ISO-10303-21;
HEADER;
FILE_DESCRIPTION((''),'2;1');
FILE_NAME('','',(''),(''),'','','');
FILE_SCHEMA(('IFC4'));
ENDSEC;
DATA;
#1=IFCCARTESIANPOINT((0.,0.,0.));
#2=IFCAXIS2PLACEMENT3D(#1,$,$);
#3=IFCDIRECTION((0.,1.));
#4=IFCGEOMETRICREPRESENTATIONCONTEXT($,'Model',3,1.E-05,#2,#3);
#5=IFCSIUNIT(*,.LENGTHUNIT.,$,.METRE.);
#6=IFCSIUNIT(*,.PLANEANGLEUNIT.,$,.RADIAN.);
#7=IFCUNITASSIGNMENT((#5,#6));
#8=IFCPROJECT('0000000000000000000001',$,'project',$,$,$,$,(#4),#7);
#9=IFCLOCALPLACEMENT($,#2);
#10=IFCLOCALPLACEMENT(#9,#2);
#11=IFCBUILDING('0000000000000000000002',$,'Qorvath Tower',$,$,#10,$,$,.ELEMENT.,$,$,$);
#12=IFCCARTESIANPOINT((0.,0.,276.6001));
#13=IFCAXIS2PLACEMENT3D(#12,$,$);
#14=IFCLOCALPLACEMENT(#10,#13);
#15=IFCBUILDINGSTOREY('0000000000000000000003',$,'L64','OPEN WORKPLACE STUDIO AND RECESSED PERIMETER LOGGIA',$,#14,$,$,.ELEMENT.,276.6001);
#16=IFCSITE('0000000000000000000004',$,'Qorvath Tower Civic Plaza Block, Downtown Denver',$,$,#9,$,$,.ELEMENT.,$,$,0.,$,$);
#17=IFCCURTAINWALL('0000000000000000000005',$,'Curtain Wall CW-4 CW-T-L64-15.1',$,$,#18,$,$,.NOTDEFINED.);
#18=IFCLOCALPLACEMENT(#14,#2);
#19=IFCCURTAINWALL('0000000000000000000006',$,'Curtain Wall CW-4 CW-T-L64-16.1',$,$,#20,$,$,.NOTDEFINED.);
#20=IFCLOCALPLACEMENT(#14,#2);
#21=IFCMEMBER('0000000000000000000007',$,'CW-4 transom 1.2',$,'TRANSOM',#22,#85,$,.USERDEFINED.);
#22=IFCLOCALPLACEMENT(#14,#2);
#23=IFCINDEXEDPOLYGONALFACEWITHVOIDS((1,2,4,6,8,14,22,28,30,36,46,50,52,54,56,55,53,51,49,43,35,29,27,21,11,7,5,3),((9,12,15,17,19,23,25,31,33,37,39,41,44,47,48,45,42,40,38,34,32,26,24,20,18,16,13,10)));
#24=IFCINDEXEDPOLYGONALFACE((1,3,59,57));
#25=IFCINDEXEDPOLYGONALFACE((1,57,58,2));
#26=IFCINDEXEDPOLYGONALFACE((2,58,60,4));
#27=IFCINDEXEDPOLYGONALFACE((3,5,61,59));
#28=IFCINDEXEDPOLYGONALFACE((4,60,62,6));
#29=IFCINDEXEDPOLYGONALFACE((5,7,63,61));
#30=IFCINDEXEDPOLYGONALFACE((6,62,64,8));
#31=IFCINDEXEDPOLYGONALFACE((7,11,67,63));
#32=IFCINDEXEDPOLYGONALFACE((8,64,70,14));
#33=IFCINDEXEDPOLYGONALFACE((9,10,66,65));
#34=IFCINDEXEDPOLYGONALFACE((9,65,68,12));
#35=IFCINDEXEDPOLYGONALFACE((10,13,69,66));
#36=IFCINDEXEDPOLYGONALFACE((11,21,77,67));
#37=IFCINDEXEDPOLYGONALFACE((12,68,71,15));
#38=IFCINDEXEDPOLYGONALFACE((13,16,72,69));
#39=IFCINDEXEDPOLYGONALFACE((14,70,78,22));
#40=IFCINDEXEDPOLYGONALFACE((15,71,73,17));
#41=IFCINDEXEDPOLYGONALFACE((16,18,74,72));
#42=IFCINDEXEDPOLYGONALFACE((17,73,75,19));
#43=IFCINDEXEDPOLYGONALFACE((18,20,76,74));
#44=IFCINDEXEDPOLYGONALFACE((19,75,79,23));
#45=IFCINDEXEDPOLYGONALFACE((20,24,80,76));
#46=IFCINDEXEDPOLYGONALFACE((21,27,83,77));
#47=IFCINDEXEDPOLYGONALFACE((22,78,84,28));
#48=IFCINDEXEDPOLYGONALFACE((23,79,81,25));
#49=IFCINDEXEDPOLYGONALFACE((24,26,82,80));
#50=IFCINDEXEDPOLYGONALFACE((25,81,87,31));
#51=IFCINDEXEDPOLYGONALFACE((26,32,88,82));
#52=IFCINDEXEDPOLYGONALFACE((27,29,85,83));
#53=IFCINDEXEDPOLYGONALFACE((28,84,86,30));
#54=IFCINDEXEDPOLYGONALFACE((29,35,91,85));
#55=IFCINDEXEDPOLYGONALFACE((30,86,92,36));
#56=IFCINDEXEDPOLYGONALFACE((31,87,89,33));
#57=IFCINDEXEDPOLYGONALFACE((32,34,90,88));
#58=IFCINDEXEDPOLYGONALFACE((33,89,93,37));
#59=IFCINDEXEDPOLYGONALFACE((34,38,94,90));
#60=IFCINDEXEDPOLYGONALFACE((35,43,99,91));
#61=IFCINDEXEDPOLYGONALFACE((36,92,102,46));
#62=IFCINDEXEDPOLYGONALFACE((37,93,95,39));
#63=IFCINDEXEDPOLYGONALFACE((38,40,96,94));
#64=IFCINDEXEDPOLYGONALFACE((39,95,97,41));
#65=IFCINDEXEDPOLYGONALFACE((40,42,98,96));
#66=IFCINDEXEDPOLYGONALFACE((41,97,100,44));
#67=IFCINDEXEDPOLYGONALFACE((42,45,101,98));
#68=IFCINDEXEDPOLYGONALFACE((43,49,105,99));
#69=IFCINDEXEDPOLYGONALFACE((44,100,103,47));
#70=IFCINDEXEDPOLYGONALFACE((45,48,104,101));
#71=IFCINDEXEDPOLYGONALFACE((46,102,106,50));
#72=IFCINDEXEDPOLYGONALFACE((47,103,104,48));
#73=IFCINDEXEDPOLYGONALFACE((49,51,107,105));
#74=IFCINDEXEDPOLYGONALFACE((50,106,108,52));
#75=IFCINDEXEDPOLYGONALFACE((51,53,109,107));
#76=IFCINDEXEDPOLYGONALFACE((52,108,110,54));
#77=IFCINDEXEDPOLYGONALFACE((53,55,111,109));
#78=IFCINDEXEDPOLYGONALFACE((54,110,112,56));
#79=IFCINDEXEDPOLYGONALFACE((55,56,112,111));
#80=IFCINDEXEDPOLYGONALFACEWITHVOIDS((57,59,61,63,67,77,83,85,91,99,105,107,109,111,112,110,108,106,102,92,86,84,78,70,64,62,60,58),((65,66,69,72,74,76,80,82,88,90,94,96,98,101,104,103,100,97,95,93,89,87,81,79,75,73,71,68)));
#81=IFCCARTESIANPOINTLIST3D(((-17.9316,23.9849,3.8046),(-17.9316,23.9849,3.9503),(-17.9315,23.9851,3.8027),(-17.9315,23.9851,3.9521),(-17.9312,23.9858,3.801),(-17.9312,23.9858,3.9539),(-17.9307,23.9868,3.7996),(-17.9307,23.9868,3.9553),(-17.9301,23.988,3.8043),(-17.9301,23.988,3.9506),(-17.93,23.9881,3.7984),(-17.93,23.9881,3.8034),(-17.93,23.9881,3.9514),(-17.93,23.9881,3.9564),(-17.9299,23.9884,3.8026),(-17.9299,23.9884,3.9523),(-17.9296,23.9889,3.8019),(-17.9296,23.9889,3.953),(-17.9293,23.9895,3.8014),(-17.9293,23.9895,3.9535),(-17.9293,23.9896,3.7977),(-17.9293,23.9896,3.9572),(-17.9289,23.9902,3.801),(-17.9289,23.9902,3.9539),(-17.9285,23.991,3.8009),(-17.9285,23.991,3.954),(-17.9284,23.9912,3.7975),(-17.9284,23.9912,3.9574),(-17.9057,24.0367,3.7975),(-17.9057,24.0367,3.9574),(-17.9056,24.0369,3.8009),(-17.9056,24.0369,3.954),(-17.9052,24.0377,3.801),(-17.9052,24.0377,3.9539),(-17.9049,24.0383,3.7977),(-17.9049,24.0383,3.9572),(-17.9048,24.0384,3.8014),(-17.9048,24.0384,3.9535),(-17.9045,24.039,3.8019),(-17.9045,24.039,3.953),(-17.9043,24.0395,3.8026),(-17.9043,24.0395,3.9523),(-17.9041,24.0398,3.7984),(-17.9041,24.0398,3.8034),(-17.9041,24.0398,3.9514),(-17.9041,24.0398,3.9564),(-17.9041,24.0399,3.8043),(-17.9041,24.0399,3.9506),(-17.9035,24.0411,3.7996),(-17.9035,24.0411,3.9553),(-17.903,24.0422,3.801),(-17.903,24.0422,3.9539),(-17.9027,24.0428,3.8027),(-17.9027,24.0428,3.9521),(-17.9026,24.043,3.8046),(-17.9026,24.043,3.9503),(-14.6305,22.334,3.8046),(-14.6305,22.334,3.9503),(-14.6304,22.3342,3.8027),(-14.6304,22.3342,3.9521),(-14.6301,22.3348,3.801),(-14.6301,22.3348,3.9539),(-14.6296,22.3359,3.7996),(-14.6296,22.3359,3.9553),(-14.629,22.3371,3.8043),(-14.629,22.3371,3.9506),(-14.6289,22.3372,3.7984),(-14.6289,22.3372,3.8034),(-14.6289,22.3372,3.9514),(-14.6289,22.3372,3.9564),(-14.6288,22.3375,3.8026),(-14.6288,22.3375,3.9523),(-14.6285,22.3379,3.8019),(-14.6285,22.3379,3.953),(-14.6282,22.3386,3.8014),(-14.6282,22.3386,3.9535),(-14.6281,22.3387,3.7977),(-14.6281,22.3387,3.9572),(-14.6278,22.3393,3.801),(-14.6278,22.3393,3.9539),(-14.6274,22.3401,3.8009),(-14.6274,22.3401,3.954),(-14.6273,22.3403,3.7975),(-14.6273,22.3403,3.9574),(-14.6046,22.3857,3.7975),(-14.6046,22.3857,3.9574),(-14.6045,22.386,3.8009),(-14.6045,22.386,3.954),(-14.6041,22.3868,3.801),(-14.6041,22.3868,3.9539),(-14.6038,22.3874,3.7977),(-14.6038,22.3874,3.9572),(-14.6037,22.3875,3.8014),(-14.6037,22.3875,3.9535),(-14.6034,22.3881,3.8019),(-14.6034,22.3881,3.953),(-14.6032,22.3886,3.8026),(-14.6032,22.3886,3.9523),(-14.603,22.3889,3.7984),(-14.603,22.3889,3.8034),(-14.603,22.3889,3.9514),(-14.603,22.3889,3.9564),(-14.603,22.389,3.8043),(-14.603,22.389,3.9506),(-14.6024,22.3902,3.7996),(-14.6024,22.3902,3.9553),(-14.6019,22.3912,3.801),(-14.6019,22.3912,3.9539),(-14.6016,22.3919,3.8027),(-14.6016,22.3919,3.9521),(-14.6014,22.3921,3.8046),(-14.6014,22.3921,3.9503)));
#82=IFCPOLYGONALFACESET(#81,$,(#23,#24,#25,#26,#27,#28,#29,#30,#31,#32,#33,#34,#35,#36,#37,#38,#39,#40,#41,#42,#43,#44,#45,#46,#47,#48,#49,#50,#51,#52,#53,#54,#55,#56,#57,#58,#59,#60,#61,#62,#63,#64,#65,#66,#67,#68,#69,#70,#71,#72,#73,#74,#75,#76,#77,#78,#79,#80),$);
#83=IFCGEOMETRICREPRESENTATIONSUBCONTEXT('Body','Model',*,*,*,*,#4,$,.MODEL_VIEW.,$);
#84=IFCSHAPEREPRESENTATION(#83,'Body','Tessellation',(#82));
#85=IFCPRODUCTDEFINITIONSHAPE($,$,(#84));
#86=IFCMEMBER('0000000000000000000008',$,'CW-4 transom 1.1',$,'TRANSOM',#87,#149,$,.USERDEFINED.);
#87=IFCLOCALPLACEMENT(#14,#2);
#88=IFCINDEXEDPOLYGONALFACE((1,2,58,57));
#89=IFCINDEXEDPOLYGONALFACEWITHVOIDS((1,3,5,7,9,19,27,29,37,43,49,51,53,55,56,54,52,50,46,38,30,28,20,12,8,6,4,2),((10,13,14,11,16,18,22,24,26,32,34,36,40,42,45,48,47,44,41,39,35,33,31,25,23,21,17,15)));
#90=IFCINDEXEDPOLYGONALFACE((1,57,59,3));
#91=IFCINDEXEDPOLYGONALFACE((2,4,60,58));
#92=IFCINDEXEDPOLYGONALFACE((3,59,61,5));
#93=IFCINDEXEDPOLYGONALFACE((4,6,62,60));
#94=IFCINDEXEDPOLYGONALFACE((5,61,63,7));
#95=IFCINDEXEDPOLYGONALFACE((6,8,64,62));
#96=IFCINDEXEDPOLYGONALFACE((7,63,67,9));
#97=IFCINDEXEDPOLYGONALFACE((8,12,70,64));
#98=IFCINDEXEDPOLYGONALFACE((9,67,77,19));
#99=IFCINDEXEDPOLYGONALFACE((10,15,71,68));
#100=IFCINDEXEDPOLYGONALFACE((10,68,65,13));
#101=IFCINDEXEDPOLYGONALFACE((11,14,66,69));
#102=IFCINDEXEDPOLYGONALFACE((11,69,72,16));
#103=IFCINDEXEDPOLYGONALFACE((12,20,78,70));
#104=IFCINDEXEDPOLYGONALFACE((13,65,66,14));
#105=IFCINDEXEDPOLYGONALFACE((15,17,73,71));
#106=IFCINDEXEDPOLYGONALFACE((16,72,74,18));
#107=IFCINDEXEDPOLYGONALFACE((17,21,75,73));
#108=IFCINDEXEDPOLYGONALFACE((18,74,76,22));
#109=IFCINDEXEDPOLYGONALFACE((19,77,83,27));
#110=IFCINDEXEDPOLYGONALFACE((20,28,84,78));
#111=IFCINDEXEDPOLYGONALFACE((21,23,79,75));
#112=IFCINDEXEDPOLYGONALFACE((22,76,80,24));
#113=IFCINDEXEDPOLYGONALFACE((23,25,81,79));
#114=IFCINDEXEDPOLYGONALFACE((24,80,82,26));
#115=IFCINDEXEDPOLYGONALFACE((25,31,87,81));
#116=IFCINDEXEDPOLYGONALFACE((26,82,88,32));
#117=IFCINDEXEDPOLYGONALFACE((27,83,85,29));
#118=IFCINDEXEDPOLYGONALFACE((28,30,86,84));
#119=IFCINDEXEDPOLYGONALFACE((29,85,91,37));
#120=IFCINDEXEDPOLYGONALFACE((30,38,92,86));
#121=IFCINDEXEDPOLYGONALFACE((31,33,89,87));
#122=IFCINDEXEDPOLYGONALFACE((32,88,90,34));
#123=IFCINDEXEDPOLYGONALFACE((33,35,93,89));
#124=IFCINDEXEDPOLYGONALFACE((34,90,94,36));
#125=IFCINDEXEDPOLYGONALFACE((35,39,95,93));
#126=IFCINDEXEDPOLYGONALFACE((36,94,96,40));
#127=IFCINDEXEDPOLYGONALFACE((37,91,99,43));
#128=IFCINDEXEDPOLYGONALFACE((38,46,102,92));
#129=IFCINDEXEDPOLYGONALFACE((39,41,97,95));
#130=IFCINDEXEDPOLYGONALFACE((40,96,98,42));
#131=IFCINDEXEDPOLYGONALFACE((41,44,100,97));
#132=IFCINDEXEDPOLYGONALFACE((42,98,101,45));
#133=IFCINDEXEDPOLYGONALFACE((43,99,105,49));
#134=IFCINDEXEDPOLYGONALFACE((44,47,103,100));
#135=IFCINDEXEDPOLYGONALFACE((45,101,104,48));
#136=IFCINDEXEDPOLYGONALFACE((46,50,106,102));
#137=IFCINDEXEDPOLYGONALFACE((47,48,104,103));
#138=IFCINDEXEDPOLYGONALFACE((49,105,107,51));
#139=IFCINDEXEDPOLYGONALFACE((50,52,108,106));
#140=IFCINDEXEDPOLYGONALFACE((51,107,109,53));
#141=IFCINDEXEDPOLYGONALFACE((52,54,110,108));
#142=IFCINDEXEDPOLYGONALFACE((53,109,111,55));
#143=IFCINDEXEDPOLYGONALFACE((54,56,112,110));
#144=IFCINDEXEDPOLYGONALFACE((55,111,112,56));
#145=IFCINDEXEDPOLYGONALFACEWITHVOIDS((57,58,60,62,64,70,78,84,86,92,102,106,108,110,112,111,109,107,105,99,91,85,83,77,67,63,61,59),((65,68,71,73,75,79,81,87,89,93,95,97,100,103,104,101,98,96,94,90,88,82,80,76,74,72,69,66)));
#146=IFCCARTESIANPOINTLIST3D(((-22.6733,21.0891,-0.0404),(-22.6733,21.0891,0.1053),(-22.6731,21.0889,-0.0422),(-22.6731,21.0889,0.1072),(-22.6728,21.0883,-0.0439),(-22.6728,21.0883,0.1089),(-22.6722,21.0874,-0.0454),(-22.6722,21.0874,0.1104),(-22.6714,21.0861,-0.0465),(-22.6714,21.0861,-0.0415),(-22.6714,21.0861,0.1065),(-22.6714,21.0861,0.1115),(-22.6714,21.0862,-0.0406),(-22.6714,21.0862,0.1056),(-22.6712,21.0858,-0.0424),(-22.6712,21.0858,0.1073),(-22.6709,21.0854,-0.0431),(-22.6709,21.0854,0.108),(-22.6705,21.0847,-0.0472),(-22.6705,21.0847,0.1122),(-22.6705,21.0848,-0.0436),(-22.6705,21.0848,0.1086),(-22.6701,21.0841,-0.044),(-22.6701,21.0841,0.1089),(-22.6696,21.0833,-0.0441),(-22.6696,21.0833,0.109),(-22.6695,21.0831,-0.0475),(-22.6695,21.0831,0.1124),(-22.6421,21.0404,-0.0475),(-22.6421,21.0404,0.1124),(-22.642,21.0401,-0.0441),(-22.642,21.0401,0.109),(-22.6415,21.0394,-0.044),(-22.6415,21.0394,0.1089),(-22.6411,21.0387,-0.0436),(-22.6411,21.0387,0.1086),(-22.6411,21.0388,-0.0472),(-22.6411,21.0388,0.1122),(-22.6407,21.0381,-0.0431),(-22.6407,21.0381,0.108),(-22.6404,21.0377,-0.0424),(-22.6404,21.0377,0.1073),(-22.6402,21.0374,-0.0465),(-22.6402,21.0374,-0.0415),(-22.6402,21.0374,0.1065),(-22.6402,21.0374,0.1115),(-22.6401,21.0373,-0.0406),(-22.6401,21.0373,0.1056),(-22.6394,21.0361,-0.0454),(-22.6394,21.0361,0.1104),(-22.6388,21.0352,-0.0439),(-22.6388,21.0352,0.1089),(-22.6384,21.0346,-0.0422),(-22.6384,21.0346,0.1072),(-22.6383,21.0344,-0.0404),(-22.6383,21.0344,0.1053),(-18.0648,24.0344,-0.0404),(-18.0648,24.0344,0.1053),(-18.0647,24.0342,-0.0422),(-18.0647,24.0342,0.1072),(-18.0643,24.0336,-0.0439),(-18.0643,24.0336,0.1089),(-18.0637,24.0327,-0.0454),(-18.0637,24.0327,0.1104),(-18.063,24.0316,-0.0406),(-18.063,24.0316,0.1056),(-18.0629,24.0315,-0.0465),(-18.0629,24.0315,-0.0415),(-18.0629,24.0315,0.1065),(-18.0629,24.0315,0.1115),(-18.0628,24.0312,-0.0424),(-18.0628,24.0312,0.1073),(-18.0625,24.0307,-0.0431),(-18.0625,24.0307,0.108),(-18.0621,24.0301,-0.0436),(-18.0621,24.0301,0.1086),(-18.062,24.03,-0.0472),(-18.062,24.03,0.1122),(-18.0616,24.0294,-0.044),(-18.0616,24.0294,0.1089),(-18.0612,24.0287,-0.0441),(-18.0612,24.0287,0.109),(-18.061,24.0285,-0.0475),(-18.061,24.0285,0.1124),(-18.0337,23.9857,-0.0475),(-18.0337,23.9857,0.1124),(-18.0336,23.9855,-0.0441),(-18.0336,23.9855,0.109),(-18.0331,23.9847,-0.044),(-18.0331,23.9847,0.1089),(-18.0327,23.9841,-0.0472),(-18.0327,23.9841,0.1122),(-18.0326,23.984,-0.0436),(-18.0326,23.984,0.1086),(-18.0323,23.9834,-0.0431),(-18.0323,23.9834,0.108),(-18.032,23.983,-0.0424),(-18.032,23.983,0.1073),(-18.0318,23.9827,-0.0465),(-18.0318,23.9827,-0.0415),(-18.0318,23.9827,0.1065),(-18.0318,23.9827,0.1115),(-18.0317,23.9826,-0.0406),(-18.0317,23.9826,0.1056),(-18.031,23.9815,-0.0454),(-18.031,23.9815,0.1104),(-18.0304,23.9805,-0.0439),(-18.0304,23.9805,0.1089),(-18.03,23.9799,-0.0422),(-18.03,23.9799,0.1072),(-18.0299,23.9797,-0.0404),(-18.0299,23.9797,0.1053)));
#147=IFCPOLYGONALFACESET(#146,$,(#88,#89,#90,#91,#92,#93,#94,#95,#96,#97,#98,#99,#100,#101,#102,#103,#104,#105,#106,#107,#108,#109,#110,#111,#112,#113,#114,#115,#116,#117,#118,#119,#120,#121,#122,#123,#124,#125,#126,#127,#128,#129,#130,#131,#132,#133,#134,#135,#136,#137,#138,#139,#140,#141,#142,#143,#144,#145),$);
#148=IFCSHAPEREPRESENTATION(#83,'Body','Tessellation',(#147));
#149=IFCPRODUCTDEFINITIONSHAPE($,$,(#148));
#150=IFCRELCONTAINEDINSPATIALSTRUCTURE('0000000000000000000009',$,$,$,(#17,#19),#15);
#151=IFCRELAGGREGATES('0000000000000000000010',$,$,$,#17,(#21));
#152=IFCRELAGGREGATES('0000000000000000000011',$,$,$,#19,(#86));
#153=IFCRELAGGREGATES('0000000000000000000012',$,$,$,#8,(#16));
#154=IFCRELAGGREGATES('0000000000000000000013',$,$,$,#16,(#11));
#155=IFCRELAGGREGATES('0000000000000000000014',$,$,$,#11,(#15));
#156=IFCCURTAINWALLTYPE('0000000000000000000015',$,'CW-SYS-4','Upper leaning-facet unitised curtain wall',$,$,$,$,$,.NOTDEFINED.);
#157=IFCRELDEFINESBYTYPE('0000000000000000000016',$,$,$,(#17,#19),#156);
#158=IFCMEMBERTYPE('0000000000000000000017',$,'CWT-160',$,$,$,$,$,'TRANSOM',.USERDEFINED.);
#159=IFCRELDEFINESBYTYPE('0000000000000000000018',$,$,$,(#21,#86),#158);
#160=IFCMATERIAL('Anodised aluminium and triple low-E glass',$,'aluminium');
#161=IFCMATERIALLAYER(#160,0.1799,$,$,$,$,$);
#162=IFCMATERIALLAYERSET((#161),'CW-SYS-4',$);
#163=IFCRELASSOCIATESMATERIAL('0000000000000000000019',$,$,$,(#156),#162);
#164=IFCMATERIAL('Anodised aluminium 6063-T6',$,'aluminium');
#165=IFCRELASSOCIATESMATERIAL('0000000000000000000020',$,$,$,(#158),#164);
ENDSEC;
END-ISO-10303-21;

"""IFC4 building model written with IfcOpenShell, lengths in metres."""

from ifc_helpers import new_model, si_unit, direction, frame, origin, origin_2d, place, context, subcontext, project, spatial, hollow_rectangle, extrude, material, layer, layer_set, material_profile, profile_set, type_object, element, aggregate, save


model = new_model("IFC4")

# Units and contexts
model_context = context("Model", 3, precision=1e-05, world=origin(), true_north=direction((0.0, 1.0)))
body_context = subcontext(model_context, "Body", "Model", "MODEL_VIEW")
ifc_project = project(units=[si_unit("LENGTHUNIT", "METRE"), si_unit("PLANEANGLEUNIT", "RADIAN")], contexts=[model_context])

# Site, building, storey
site_placement = place(None, origin())
site = spatial("IfcSite", under=ifc_project, at=site_placement, Name="Qorvath Tower Civic Plaza Block, Downtown Denver", CompositionType="ELEMENT", RefElevation=0.0)
building_placement = place(site_placement, origin())
building = spatial("IfcBuilding", under=site, at=building_placement, Name="Qorvath Tower", CompositionType="ELEMENT")
storey_placement = place(building_placement, frame((0.0, 0.0, 276.6001)))
storey = spatial("IfcBuildingStorey", under=building, at=storey_placement, Name="L64", Description="OPEN WORKPLACE STUDIO AND RECESSED PERIMETER LOGGIA", CompositionType="ELEMENT", Elevation=276.6001)

# Shared definitions
ifc_material_1 = material(Name="Anodised aluminium and triple low-E glass", Category="aluminium")
ifc_layer_1 = layer(ifc_material_1, 0.1799)
ifc_layer_set_1 = layer_set([ifc_layer_1], Name="CW-SYS-4")
curtain_wall_type = type_object("IfcCurtainWallType", Name="CW-SYS-4", Description="Upper leaning-facet unitised curtain wall", PredefinedType="NOTDEFINED", material=ifc_layer_set_1)

# Curtain wall
curtain_wall_1_placement = place(storey_placement, origin())
curtain_wall_1 = element("IfcCurtainWall", 1, at=curtain_wall_1_placement, inside=storey, type_object=curtain_wall_type, Name="Curtain Wall CW-4 CW-T-L64-15.1", PredefinedType="NOTDEFINED")

# Curtain wall
curtain_wall_2_placement = place(storey_placement, origin())
curtain_wall_2 = element("IfcCurtainWall", 2, at=curtain_wall_2_placement, inside=storey, type_object=curtain_wall_type, Name="Curtain Wall CW-4 CW-T-L64-16.1", PredefinedType="NOTDEFINED")

# Members
ifc_material_2 = material(Name="Anodised aluminium 6063-T6", Category="aluminium")
ifc_material_profile_1 = material_profile(ifc_material_2, hollow_rectangle(XDim=0.0649, YDim=0.1599, WallThickness=0.0034, InnerFilletRadius=0.0034, OuterFilletRadius=0.0071, at=origin_2d()), Name="CWT 160x65")
ifc_profile_set_1 = profile_set([ifc_material_profile_1], Name="Anodised aluminium 6063-T6")
member_type_1 = type_object("IfcMemberType", Name="CWT-160", ElementType="TRANSOM", PredefinedType="USERDEFINED", material=ifc_profile_set_1)
member_1_placement = place(storey_placement, frame((-14.616, 22.363, 3.8774), z_axis=(-0.894387, 0.447293, 0.0), x_axis=(-0.447293, -0.894387, 0.0)))
member_1 = element("IfcMember", 3, at=member_1_placement, type_object=member_type_1, Name="CW-4 transom 1.2", ObjectType="TRANSOM", PredefinedType="USERDEFINED", context=body_context, shape_type="SweptSolid", body=[
    extrude(hollow_rectangle(XDim=0.0649, YDim=0.1599, WallThickness=0.0034, InnerFilletRadius=0.0034, OuterFilletRadius=0.0071, at=origin_2d()), origin(), (0.0, 0.0, 1.0), 3.6909),
])
member_2_placement = place(storey_placement, frame((-18.0474, 24.0071, 0.0325), z_axis=(-0.842608, -0.538527, 0.0), x_axis=(0.538527, -0.842608, 0.0)))
member_2 = element("IfcMember", 4, at=member_2_placement, type_object=member_type_1, Name="CW-4 transom 1.1", ObjectType="TRANSOM", PredefinedType="USERDEFINED", context=body_context, shape_type="SweptSolid", body=[
    extrude(hollow_rectangle(XDim=0.0649, YDim=0.1599, WallThickness=0.0034, InnerFilletRadius=0.0034, OuterFilletRadius=0.0071, at=origin_2d()), origin(), (0.0, 0.0, 1.0), 5.4692),
])

aggregate(curtain_wall_1, [member_1])
aggregate(curtain_wall_2, [member_2])

save(model, "model.ifc")
